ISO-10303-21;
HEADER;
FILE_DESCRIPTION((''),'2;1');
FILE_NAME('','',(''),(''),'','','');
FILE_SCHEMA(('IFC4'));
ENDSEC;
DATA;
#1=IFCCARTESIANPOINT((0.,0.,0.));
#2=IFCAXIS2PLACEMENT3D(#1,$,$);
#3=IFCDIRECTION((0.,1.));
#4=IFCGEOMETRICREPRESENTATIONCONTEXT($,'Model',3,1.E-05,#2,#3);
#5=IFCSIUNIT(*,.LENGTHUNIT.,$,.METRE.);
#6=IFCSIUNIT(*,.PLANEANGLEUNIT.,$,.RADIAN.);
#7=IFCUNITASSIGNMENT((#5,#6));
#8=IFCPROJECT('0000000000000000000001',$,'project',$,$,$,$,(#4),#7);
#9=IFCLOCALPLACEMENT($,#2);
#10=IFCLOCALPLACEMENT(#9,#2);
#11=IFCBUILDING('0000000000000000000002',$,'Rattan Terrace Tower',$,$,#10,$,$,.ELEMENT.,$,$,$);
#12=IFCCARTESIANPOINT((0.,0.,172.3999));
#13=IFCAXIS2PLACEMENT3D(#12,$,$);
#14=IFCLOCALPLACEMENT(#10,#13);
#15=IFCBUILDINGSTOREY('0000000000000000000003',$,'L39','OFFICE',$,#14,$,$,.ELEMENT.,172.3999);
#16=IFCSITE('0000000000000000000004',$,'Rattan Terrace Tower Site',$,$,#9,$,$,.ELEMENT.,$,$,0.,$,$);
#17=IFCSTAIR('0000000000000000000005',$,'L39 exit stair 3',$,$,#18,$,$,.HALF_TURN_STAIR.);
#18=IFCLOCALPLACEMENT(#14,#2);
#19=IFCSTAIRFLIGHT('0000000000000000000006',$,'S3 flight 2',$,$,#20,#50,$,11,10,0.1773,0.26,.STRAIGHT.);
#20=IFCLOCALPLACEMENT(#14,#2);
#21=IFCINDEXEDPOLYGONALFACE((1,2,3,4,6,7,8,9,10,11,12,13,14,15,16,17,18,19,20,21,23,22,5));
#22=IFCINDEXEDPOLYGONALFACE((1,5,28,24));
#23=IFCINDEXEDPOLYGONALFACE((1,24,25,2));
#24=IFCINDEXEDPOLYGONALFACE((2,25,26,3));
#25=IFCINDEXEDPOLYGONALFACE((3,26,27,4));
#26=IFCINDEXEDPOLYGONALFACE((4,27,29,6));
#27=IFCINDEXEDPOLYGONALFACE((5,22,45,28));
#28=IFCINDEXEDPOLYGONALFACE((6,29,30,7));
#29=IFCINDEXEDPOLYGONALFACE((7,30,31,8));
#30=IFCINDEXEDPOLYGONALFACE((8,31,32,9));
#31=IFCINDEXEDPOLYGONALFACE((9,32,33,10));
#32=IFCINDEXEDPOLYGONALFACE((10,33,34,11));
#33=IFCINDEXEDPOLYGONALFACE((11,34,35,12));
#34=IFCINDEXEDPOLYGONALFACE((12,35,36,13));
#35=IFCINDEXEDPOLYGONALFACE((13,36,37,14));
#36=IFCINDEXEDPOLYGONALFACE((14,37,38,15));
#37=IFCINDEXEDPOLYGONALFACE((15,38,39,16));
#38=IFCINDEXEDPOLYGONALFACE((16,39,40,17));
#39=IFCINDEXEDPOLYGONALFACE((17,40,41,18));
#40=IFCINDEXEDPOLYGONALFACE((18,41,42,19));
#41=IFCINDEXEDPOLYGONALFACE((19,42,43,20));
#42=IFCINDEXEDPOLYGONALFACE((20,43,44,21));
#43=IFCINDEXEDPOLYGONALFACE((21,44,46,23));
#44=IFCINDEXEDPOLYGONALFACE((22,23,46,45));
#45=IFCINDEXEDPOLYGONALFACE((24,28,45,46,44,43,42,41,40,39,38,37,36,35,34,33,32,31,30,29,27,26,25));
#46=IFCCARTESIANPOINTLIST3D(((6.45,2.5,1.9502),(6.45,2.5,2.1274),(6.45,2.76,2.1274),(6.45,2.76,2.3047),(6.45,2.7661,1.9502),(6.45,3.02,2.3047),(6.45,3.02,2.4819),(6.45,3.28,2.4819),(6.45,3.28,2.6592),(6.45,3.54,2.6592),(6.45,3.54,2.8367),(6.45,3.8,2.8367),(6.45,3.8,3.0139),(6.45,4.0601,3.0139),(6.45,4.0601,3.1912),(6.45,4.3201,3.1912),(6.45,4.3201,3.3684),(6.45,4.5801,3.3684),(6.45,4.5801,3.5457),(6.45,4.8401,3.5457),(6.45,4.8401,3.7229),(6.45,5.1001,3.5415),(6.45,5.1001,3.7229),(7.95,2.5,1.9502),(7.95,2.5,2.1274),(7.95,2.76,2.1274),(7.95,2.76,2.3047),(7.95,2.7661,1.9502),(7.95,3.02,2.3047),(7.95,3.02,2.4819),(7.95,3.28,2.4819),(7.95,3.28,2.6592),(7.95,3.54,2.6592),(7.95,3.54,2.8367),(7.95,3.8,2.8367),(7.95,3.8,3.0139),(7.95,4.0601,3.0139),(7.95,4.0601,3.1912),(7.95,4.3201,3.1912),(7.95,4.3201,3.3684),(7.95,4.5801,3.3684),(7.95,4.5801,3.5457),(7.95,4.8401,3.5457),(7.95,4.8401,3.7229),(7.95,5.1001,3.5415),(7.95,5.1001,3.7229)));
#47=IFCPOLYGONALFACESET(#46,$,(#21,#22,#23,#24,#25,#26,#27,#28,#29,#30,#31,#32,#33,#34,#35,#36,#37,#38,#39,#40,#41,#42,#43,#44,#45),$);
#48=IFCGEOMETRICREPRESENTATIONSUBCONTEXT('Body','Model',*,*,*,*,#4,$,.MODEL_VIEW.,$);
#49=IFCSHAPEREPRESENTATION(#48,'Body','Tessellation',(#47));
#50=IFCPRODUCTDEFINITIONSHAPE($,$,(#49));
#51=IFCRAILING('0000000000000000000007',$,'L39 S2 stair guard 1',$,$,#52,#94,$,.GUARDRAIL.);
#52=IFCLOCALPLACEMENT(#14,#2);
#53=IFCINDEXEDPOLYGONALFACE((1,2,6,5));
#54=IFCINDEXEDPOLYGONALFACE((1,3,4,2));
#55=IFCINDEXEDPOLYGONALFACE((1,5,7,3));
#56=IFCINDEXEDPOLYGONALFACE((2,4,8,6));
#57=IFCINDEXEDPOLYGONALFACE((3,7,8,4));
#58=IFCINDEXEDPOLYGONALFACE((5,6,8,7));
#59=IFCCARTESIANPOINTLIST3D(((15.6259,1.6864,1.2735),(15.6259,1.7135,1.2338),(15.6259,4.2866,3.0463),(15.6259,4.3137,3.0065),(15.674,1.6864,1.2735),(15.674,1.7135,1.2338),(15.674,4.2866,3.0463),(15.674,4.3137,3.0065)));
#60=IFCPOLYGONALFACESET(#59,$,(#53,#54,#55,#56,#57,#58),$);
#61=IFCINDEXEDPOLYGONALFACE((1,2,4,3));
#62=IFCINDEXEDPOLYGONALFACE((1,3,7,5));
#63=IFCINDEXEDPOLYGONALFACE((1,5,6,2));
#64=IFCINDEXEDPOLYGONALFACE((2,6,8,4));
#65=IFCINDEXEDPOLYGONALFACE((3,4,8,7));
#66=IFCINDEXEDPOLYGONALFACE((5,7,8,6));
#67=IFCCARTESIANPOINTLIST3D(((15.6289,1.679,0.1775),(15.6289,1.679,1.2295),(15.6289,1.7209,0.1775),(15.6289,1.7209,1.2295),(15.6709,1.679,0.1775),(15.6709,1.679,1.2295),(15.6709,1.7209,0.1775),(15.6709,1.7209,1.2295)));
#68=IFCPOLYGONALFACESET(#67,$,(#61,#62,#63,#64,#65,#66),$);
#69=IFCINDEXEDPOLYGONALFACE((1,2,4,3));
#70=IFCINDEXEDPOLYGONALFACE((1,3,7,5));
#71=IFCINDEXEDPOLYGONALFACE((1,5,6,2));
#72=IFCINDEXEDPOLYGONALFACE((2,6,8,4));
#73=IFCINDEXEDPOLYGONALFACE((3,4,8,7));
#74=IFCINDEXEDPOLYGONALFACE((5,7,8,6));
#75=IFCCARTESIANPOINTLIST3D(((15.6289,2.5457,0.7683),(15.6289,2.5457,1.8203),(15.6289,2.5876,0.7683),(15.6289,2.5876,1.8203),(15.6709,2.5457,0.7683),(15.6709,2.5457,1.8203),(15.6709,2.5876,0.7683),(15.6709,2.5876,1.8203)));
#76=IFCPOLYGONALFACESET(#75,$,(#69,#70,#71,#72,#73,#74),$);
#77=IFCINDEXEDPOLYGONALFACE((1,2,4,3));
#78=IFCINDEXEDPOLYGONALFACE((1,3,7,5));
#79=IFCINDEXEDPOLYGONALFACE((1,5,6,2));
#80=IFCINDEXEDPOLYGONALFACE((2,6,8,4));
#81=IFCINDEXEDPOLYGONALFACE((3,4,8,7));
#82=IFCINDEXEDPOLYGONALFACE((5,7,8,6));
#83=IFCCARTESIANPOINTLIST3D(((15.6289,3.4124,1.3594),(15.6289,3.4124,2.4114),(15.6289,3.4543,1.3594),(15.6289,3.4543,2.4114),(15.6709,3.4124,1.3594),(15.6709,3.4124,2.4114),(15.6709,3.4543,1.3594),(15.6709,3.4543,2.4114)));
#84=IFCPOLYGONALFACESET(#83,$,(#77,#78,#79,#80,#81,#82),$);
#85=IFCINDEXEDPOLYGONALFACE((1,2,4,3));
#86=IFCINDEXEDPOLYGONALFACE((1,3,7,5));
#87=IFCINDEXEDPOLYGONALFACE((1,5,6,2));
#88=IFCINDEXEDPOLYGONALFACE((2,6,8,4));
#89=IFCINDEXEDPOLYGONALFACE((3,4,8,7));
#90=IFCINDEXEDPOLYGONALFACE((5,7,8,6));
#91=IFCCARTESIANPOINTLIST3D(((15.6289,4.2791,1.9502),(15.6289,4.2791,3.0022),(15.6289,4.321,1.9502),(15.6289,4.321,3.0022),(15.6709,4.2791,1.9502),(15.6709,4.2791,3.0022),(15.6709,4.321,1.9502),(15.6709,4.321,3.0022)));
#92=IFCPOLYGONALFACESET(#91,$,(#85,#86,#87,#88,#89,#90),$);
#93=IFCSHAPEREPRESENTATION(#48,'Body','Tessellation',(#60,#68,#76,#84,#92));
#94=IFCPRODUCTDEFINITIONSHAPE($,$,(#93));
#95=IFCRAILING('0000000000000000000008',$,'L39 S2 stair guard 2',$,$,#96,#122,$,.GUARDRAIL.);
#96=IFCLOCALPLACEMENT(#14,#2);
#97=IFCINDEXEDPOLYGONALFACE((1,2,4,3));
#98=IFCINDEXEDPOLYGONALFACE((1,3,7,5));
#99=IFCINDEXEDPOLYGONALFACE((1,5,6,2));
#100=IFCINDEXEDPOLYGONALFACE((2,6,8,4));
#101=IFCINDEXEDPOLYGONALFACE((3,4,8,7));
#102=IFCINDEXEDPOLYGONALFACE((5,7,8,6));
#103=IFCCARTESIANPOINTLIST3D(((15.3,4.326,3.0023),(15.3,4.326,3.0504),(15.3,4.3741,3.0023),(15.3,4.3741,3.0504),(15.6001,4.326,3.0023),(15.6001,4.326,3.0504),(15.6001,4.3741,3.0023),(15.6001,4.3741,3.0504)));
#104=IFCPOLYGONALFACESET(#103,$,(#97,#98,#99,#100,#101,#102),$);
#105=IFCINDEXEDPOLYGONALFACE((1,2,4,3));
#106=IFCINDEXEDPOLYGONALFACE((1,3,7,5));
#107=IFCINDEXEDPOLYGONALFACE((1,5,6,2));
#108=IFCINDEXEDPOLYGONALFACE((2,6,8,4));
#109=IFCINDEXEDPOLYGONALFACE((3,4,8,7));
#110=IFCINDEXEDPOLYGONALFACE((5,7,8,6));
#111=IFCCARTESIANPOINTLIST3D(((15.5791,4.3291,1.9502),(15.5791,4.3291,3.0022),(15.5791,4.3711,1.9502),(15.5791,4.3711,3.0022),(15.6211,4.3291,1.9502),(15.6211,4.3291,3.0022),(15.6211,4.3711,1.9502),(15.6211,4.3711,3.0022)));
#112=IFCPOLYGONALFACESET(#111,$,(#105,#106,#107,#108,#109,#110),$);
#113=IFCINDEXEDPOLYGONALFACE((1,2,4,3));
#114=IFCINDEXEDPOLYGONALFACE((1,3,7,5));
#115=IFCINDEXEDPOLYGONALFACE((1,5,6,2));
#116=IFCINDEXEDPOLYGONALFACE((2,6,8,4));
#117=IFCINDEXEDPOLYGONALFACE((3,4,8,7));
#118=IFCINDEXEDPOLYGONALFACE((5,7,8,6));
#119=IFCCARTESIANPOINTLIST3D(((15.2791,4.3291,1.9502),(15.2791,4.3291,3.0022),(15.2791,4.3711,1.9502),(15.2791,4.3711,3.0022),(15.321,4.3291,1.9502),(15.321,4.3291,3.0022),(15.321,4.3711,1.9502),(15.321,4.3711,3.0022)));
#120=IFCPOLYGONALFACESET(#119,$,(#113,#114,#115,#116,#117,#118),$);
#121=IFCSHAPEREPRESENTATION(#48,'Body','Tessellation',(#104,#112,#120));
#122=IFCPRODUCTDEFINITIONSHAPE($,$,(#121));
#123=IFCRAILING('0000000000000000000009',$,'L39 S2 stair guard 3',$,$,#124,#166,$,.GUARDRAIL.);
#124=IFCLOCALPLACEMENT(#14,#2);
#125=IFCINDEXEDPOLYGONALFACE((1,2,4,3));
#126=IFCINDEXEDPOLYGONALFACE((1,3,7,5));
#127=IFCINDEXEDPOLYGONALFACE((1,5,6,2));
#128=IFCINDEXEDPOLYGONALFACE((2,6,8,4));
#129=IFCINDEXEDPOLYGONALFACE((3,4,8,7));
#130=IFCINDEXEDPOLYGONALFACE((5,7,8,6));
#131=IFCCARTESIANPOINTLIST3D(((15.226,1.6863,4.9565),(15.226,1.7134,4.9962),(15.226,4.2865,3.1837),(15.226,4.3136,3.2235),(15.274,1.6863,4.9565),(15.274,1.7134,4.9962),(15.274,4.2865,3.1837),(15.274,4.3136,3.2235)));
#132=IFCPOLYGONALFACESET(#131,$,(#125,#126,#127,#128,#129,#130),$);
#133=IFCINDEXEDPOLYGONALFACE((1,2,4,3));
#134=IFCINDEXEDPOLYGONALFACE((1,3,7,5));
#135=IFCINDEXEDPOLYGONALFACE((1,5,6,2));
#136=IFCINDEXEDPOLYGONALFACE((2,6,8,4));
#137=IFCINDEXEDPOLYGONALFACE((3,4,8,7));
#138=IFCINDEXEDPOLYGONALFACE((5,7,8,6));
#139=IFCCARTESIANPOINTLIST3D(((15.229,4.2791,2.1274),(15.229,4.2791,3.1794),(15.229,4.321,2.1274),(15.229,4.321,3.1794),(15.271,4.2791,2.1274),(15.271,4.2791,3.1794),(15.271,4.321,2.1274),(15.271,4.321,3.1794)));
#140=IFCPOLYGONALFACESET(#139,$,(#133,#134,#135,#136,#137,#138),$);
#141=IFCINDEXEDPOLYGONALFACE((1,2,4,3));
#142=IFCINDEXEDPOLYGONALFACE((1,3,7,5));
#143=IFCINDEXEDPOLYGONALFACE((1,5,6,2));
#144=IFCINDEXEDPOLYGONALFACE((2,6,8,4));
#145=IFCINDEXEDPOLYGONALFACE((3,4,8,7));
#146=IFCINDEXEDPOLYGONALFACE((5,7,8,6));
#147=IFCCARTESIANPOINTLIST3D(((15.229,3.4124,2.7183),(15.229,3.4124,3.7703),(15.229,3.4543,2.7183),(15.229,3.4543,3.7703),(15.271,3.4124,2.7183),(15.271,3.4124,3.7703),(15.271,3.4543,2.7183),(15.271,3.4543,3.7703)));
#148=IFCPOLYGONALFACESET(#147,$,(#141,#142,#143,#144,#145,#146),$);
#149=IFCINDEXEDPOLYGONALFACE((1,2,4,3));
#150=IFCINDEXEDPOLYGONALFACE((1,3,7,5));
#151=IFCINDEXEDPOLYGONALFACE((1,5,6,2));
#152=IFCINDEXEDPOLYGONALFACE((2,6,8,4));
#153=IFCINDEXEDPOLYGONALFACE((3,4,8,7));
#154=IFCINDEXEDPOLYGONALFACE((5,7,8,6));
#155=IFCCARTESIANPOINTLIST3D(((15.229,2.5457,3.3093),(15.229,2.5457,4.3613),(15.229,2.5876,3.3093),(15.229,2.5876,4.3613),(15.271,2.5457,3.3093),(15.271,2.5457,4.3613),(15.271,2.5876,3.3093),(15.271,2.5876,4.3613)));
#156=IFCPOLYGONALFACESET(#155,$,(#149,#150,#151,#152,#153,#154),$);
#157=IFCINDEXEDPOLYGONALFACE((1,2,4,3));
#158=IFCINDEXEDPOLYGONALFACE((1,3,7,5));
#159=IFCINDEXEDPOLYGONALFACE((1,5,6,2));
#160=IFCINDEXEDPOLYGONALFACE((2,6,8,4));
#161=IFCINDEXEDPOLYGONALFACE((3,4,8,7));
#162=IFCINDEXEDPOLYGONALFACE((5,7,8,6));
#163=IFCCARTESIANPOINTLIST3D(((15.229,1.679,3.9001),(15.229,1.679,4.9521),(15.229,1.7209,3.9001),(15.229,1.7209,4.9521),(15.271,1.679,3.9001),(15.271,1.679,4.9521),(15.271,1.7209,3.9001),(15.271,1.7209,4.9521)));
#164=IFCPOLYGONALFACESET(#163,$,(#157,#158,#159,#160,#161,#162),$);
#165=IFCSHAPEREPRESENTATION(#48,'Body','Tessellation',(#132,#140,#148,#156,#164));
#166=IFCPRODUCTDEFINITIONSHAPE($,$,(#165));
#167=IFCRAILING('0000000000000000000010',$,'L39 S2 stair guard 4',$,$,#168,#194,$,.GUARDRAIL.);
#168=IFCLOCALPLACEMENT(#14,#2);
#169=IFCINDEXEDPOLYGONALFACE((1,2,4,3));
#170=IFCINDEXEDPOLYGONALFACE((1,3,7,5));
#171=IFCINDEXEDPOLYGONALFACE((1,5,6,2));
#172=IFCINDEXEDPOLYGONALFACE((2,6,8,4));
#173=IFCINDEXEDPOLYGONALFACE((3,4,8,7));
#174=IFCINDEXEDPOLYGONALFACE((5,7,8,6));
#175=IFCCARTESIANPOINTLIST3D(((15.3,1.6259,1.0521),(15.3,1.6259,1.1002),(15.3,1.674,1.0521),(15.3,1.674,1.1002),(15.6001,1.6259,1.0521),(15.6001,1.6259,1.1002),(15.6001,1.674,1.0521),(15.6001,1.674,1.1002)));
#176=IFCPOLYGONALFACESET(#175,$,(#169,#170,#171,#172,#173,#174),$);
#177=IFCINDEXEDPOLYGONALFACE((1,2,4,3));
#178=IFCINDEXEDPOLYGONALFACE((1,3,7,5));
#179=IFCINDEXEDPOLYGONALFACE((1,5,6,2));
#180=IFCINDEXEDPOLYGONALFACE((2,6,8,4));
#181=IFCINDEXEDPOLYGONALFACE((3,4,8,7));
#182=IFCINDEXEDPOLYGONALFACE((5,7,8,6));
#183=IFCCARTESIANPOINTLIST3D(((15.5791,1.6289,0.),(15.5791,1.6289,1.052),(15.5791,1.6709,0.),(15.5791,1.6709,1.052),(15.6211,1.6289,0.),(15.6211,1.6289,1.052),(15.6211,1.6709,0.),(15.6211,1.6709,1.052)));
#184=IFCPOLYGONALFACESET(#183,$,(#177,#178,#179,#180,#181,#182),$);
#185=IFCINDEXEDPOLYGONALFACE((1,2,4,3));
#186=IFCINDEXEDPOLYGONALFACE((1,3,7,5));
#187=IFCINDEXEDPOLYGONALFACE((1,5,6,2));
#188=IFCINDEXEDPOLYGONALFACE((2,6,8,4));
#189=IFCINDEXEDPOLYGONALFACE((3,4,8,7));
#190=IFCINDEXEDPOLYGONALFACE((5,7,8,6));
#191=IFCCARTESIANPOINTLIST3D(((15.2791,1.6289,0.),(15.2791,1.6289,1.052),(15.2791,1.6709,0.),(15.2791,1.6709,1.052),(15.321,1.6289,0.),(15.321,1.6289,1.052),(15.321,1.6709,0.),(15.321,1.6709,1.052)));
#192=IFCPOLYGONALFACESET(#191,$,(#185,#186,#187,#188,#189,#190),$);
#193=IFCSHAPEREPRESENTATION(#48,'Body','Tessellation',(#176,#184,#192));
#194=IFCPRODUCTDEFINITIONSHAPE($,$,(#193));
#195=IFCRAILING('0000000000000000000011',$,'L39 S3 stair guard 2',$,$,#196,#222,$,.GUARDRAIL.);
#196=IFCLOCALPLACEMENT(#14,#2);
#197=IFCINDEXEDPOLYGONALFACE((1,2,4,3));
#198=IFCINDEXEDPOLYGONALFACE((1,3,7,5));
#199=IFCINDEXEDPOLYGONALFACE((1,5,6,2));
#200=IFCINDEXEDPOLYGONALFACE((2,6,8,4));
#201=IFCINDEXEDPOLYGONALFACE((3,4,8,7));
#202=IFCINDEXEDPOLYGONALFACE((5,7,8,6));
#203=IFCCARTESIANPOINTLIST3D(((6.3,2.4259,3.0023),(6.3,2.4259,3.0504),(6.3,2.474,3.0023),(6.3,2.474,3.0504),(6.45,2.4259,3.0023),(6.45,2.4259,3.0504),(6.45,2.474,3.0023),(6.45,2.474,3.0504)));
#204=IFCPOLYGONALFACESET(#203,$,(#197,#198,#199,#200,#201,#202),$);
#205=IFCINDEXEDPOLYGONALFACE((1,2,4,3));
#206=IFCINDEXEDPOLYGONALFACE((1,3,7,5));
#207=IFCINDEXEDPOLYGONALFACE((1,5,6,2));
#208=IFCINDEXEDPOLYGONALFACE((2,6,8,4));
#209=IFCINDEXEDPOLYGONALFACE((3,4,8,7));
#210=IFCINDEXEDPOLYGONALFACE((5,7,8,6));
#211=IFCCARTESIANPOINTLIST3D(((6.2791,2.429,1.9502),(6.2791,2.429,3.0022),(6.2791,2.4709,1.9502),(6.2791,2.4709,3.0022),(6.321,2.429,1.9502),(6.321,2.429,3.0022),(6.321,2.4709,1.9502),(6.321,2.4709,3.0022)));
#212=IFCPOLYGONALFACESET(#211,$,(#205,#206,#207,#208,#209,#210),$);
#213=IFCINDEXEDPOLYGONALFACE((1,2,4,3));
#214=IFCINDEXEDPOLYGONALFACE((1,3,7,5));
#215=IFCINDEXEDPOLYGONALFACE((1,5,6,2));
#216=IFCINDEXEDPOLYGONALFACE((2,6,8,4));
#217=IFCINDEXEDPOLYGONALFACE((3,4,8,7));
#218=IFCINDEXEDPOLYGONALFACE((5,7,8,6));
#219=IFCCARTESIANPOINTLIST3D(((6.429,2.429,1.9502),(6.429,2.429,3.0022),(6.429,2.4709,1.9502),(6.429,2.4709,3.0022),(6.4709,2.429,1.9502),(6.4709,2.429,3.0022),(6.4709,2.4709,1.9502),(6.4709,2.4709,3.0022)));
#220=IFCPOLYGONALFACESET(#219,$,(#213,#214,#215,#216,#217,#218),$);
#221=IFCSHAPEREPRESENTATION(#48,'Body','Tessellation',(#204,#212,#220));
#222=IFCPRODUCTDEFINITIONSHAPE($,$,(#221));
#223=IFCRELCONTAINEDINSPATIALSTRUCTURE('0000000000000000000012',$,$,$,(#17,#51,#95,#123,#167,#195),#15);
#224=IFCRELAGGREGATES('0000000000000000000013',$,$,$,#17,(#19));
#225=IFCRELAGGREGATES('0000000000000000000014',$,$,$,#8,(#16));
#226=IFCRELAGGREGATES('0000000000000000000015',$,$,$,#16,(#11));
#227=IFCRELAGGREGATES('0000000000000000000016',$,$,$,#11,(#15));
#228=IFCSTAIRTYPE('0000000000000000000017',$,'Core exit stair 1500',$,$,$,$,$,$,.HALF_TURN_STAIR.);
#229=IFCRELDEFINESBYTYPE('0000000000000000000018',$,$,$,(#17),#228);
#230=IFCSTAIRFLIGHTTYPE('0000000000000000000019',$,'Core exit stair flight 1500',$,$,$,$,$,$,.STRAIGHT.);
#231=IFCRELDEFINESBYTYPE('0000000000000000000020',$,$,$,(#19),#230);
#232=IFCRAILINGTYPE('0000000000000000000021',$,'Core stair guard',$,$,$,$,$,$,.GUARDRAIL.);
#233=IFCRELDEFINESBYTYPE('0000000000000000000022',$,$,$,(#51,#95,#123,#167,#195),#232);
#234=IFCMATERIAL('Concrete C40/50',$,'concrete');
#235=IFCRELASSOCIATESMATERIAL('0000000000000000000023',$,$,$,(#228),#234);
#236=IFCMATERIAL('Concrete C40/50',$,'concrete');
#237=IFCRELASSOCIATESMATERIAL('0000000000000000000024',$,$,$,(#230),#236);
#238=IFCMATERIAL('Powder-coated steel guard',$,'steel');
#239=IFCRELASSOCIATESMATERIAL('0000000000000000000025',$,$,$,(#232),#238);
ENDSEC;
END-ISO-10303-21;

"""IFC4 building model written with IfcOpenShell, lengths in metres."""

from ifc_helpers import new_model, si_unit, direction, frame, origin, origin_2d, place, context, subcontext, project, spatial, polyline, rectangle, outline, extrude, material, type_object, element, aggregate, save


model = new_model("IFC4")

# Units and contexts
model_context = context("Model", 3, precision=1e-05, world=origin(), true_north=direction((0.0, 1.0)))
body_context = subcontext(model_context, "Body", "Model", "MODEL_VIEW")
ifc_project = project(units=[si_unit("LENGTHUNIT", "METRE"), si_unit("PLANEANGLEUNIT", "RADIAN")], contexts=[model_context])

# Site, building, storey
site_placement = place(None, origin())
site = spatial("IfcSite", under=ifc_project, at=site_placement, Name="Rattan Terrace Tower Site", CompositionType="ELEMENT", RefElevation=0.0)
building_placement = place(site_placement, origin())
building = spatial("IfcBuilding", under=site, at=building_placement, Name="Rattan Terrace Tower", CompositionType="ELEMENT")
storey_placement = place(building_placement, frame((0.0, 0.0, 172.3999)))
storey = spatial("IfcBuildingStorey", under=building, at=storey_placement, Name="L39", Description="OFFICE", CompositionType="ELEMENT", Elevation=172.3999)

# Shared definitions
ifc_material_1 = material(Name="Concrete C40/50", Category="concrete")
stair_type = type_object("IfcStairType", Name="Core exit stair 1500", PredefinedType="HALF_TURN_STAIR", material=ifc_material_1)
ifc_material_2 = material(Name="Concrete C40/50", Category="concrete")
stair_flight_type = type_object("IfcStairFlightType", Name="Core exit stair flight 1500", PredefinedType="STRAIGHT", material=ifc_material_2)

# Stair, stair flight
stair_1_placement = place(storey_placement, origin())
stair_1 = element("IfcStair", 1, at=stair_1_placement, inside=storey, type_object=stair_type, Name="L39 exit stair 3", PredefinedType="HALF_TURN_STAIR")
stair_flight_1_placement = place(storey_placement, frame((7.2, 2.5, 1.9502), z_axis=(0.0, 0.0, 1.0), x_axis=(0.0, 1.0, 0.0)))
stair_flight_1 = element("IfcStairFlight", 2, at=stair_flight_1_placement, type_object=stair_flight_type, Name="S3 flight 2", NumberOfRisers=11, NumberOfTreads=10, PredefinedType="STRAIGHT", RiserHeight=0.1773, TreadLength=0.26, context=body_context, shape_type="SweptSolid", body=[
    extrude(outline(polyline([(0.0, 0.0), (0.0, 0.1772), (0.26, 0.1772), (0.26, 0.3545), (0.52, 0.3545), (0.52, 0.5317), (0.78, 0.5317), (0.78, 0.709), (1.04, 0.709), (1.04, 0.8865), (1.3, 0.8865), (1.3, 1.0637), (1.5601, 1.0637), (1.5601, 1.241), (1.8201, 1.241), (1.8201, 1.4182), (2.0801, 1.4182), (2.0801, 1.5955), (2.3401, 1.5955), (2.3401, 1.7727), (2.6001, 1.7727), (2.6001, 1.95), (2.6001, 1.5913), (0.2661, 0.0), (0.0, 0.0)])), frame((0.0, 0.75, 0.0), z_axis=(0.0, -1.0, 0.0), x_axis=(1.0, 0.0, 0.0)), (0.0, 0.0, 1.0), 1.5),
])
aggregate(stair_1, [stair_flight_1])

# Railings
ifc_material_3 = material(Name="Powder-coated steel guard", Category="steel")
railing_type_1 = type_object("IfcRailingType", Name="Core stair guard", PredefinedType="GUARDRAIL", material=ifc_material_3)
railing_1_placement = place(storey_placement, frame((15.6499, 1.7, 0.1775)))
element("IfcRailing", 3, at=railing_1_placement, inside=storey, type_object=railing_type_1, Name="L39 S2 stair guard 1", PredefinedType="GUARDRAIL", context=body_context, shape_type="SweptSolid", body=[
    extrude(rectangle(XDim=0.0481, YDim=0.0481, at=origin_2d()), frame((0.0, 0.0, 1.0762), z_axis=(0.0, 0.82624, 0.563318), x_axis=(-1.0, 0.0, 0.0)), (0.0, 0.0, 1.0), 3.147),
    extrude(rectangle(XDim=0.042, YDim=0.042, at=origin_2d()), origin(), (0.0, 0.0, 1.0), 1.052),
    extrude(rectangle(XDim=0.042, YDim=0.042, at=origin_2d()), frame((0.0, 0.8667, 0.5908)), (0.0, 0.0, 1.0), 1.052),
    extrude(rectangle(XDim=0.042, YDim=0.042, at=origin_2d()), frame((0.0, 1.7334, 1.1819)), (0.0, 0.0, 1.0), 1.052),
    extrude(rectangle(XDim=0.042, YDim=0.042, at=origin_2d()), frame((0.0, 2.6001, 1.7727)), (0.0, 0.0, 1.0), 1.052),
])
railing_2_placement = place(storey_placement, frame((15.6001, 4.3501, 1.9502)))
element("IfcRailing", 4, at=railing_2_placement, inside=storey, type_object=railing_type_1, Name="L39 S2 stair guard 2", PredefinedType="GUARDRAIL", context=body_context, shape_type="SweptSolid", body=[
    extrude(rectangle(XDim=0.0481, YDim=0.0481, at=origin_2d()), frame((0.0, 0.0, 1.0762), z_axis=(-1.0, 0.0, 0.0), x_axis=(0.0, -1.0, 0.0)), (0.0, 0.0, 1.0), 0.3),
    extrude(rectangle(XDim=0.042, YDim=0.042, at=origin_2d()), origin(), (0.0, 0.0, 1.0), 1.052),
    extrude(rectangle(XDim=0.042, YDim=0.042, at=origin_2d()), frame((-0.3, 0.0, 0.0)), (0.0, 0.0, 1.0), 1.052),
])
railing_3_placement = place(storey_placement, frame((15.25, 4.3, 2.1274)))
element("IfcRailing", 5, at=railing_3_placement, inside=storey, type_object=railing_type_1, Name="L39 S2 stair guard 3", PredefinedType="GUARDRAIL", context=body_context, shape_type="SweptSolid", body=[
    extrude(rectangle(XDim=0.0481, YDim=0.0481, at=origin_2d()), frame((0.0, 0.0, 1.0762), z_axis=(0.0, -0.82624, 0.563318), x_axis=(1.0, 0.0, 0.0)), (0.0, 0.0, 1.0), 3.147),
    extrude(rectangle(XDim=0.042, YDim=0.042, at=origin_2d()), origin(), (0.0, 0.0, 1.0), 1.052),
    extrude(rectangle(XDim=0.042, YDim=0.042, at=origin_2d()), frame((0.0, -0.8667, 0.5908)), (0.0, 0.0, 1.0), 1.052),
    extrude(rectangle(XDim=0.042, YDim=0.042, at=origin_2d()), frame((0.0, -1.7334, 1.1819)), (0.0, 0.0, 1.0), 1.052),
    extrude(rectangle(XDim=0.042, YDim=0.042, at=origin_2d()), frame((0.0, -2.6001, 1.7727)), (0.0, 0.0, 1.0), 1.052),
])
railing_4_placement = place(storey_placement, frame((15.6001, 1.6499, 0.0)))
element("IfcRailing", 6, at=railing_4_placement, inside=storey, type_object=railing_type_1, Name="L39 S2 stair guard 4", PredefinedType="GUARDRAIL", context=body_context, shape_type="SweptSolid", body=[
    extrude(rectangle(XDim=0.0481, YDim=0.0481, at=origin_2d()), frame((0.0, 0.0, 1.0762), z_axis=(-1.0, 0.0, 0.0), x_axis=(0.0, -1.0, 0.0)), (0.0, 0.0, 1.0), 0.3),
    extrude(rectangle(XDim=0.042, YDim=0.042, at=origin_2d()), origin(), (0.0, 0.0, 1.0), 1.052),
    extrude(rectangle(XDim=0.042, YDim=0.042, at=origin_2d()), frame((-0.3, 0.0, 0.0)), (0.0, 0.0, 1.0), 1.052),
])
railing_5_placement = place(storey_placement, frame((6.3, 2.45, 1.9502)))
element("IfcRailing", 7, at=railing_5_placement, inside=storey, type_object=railing_type_1, Name="L39 S3 stair guard 2", PredefinedType="GUARDRAIL", context=body_context, shape_type="SweptSolid", body=[
    extrude(rectangle(XDim=0.0481, YDim=0.0481, at=origin_2d()), frame((0.0, 0.0, 1.0762), z_axis=(1.0, 0.0, 0.0), x_axis=(0.0, 1.0, 0.0)), (0.0, 0.0, 1.0), 0.1499),
    extrude(rectangle(XDim=0.042, YDim=0.042, at=origin_2d()), origin(), (0.0, 0.0, 1.0), 1.052),
    extrude(rectangle(XDim=0.042, YDim=0.042, at=origin_2d()), frame((0.1499, 0.0, 0.0)), (0.0, 0.0, 1.0), 1.052),
])

save(model, "model.ifc")
